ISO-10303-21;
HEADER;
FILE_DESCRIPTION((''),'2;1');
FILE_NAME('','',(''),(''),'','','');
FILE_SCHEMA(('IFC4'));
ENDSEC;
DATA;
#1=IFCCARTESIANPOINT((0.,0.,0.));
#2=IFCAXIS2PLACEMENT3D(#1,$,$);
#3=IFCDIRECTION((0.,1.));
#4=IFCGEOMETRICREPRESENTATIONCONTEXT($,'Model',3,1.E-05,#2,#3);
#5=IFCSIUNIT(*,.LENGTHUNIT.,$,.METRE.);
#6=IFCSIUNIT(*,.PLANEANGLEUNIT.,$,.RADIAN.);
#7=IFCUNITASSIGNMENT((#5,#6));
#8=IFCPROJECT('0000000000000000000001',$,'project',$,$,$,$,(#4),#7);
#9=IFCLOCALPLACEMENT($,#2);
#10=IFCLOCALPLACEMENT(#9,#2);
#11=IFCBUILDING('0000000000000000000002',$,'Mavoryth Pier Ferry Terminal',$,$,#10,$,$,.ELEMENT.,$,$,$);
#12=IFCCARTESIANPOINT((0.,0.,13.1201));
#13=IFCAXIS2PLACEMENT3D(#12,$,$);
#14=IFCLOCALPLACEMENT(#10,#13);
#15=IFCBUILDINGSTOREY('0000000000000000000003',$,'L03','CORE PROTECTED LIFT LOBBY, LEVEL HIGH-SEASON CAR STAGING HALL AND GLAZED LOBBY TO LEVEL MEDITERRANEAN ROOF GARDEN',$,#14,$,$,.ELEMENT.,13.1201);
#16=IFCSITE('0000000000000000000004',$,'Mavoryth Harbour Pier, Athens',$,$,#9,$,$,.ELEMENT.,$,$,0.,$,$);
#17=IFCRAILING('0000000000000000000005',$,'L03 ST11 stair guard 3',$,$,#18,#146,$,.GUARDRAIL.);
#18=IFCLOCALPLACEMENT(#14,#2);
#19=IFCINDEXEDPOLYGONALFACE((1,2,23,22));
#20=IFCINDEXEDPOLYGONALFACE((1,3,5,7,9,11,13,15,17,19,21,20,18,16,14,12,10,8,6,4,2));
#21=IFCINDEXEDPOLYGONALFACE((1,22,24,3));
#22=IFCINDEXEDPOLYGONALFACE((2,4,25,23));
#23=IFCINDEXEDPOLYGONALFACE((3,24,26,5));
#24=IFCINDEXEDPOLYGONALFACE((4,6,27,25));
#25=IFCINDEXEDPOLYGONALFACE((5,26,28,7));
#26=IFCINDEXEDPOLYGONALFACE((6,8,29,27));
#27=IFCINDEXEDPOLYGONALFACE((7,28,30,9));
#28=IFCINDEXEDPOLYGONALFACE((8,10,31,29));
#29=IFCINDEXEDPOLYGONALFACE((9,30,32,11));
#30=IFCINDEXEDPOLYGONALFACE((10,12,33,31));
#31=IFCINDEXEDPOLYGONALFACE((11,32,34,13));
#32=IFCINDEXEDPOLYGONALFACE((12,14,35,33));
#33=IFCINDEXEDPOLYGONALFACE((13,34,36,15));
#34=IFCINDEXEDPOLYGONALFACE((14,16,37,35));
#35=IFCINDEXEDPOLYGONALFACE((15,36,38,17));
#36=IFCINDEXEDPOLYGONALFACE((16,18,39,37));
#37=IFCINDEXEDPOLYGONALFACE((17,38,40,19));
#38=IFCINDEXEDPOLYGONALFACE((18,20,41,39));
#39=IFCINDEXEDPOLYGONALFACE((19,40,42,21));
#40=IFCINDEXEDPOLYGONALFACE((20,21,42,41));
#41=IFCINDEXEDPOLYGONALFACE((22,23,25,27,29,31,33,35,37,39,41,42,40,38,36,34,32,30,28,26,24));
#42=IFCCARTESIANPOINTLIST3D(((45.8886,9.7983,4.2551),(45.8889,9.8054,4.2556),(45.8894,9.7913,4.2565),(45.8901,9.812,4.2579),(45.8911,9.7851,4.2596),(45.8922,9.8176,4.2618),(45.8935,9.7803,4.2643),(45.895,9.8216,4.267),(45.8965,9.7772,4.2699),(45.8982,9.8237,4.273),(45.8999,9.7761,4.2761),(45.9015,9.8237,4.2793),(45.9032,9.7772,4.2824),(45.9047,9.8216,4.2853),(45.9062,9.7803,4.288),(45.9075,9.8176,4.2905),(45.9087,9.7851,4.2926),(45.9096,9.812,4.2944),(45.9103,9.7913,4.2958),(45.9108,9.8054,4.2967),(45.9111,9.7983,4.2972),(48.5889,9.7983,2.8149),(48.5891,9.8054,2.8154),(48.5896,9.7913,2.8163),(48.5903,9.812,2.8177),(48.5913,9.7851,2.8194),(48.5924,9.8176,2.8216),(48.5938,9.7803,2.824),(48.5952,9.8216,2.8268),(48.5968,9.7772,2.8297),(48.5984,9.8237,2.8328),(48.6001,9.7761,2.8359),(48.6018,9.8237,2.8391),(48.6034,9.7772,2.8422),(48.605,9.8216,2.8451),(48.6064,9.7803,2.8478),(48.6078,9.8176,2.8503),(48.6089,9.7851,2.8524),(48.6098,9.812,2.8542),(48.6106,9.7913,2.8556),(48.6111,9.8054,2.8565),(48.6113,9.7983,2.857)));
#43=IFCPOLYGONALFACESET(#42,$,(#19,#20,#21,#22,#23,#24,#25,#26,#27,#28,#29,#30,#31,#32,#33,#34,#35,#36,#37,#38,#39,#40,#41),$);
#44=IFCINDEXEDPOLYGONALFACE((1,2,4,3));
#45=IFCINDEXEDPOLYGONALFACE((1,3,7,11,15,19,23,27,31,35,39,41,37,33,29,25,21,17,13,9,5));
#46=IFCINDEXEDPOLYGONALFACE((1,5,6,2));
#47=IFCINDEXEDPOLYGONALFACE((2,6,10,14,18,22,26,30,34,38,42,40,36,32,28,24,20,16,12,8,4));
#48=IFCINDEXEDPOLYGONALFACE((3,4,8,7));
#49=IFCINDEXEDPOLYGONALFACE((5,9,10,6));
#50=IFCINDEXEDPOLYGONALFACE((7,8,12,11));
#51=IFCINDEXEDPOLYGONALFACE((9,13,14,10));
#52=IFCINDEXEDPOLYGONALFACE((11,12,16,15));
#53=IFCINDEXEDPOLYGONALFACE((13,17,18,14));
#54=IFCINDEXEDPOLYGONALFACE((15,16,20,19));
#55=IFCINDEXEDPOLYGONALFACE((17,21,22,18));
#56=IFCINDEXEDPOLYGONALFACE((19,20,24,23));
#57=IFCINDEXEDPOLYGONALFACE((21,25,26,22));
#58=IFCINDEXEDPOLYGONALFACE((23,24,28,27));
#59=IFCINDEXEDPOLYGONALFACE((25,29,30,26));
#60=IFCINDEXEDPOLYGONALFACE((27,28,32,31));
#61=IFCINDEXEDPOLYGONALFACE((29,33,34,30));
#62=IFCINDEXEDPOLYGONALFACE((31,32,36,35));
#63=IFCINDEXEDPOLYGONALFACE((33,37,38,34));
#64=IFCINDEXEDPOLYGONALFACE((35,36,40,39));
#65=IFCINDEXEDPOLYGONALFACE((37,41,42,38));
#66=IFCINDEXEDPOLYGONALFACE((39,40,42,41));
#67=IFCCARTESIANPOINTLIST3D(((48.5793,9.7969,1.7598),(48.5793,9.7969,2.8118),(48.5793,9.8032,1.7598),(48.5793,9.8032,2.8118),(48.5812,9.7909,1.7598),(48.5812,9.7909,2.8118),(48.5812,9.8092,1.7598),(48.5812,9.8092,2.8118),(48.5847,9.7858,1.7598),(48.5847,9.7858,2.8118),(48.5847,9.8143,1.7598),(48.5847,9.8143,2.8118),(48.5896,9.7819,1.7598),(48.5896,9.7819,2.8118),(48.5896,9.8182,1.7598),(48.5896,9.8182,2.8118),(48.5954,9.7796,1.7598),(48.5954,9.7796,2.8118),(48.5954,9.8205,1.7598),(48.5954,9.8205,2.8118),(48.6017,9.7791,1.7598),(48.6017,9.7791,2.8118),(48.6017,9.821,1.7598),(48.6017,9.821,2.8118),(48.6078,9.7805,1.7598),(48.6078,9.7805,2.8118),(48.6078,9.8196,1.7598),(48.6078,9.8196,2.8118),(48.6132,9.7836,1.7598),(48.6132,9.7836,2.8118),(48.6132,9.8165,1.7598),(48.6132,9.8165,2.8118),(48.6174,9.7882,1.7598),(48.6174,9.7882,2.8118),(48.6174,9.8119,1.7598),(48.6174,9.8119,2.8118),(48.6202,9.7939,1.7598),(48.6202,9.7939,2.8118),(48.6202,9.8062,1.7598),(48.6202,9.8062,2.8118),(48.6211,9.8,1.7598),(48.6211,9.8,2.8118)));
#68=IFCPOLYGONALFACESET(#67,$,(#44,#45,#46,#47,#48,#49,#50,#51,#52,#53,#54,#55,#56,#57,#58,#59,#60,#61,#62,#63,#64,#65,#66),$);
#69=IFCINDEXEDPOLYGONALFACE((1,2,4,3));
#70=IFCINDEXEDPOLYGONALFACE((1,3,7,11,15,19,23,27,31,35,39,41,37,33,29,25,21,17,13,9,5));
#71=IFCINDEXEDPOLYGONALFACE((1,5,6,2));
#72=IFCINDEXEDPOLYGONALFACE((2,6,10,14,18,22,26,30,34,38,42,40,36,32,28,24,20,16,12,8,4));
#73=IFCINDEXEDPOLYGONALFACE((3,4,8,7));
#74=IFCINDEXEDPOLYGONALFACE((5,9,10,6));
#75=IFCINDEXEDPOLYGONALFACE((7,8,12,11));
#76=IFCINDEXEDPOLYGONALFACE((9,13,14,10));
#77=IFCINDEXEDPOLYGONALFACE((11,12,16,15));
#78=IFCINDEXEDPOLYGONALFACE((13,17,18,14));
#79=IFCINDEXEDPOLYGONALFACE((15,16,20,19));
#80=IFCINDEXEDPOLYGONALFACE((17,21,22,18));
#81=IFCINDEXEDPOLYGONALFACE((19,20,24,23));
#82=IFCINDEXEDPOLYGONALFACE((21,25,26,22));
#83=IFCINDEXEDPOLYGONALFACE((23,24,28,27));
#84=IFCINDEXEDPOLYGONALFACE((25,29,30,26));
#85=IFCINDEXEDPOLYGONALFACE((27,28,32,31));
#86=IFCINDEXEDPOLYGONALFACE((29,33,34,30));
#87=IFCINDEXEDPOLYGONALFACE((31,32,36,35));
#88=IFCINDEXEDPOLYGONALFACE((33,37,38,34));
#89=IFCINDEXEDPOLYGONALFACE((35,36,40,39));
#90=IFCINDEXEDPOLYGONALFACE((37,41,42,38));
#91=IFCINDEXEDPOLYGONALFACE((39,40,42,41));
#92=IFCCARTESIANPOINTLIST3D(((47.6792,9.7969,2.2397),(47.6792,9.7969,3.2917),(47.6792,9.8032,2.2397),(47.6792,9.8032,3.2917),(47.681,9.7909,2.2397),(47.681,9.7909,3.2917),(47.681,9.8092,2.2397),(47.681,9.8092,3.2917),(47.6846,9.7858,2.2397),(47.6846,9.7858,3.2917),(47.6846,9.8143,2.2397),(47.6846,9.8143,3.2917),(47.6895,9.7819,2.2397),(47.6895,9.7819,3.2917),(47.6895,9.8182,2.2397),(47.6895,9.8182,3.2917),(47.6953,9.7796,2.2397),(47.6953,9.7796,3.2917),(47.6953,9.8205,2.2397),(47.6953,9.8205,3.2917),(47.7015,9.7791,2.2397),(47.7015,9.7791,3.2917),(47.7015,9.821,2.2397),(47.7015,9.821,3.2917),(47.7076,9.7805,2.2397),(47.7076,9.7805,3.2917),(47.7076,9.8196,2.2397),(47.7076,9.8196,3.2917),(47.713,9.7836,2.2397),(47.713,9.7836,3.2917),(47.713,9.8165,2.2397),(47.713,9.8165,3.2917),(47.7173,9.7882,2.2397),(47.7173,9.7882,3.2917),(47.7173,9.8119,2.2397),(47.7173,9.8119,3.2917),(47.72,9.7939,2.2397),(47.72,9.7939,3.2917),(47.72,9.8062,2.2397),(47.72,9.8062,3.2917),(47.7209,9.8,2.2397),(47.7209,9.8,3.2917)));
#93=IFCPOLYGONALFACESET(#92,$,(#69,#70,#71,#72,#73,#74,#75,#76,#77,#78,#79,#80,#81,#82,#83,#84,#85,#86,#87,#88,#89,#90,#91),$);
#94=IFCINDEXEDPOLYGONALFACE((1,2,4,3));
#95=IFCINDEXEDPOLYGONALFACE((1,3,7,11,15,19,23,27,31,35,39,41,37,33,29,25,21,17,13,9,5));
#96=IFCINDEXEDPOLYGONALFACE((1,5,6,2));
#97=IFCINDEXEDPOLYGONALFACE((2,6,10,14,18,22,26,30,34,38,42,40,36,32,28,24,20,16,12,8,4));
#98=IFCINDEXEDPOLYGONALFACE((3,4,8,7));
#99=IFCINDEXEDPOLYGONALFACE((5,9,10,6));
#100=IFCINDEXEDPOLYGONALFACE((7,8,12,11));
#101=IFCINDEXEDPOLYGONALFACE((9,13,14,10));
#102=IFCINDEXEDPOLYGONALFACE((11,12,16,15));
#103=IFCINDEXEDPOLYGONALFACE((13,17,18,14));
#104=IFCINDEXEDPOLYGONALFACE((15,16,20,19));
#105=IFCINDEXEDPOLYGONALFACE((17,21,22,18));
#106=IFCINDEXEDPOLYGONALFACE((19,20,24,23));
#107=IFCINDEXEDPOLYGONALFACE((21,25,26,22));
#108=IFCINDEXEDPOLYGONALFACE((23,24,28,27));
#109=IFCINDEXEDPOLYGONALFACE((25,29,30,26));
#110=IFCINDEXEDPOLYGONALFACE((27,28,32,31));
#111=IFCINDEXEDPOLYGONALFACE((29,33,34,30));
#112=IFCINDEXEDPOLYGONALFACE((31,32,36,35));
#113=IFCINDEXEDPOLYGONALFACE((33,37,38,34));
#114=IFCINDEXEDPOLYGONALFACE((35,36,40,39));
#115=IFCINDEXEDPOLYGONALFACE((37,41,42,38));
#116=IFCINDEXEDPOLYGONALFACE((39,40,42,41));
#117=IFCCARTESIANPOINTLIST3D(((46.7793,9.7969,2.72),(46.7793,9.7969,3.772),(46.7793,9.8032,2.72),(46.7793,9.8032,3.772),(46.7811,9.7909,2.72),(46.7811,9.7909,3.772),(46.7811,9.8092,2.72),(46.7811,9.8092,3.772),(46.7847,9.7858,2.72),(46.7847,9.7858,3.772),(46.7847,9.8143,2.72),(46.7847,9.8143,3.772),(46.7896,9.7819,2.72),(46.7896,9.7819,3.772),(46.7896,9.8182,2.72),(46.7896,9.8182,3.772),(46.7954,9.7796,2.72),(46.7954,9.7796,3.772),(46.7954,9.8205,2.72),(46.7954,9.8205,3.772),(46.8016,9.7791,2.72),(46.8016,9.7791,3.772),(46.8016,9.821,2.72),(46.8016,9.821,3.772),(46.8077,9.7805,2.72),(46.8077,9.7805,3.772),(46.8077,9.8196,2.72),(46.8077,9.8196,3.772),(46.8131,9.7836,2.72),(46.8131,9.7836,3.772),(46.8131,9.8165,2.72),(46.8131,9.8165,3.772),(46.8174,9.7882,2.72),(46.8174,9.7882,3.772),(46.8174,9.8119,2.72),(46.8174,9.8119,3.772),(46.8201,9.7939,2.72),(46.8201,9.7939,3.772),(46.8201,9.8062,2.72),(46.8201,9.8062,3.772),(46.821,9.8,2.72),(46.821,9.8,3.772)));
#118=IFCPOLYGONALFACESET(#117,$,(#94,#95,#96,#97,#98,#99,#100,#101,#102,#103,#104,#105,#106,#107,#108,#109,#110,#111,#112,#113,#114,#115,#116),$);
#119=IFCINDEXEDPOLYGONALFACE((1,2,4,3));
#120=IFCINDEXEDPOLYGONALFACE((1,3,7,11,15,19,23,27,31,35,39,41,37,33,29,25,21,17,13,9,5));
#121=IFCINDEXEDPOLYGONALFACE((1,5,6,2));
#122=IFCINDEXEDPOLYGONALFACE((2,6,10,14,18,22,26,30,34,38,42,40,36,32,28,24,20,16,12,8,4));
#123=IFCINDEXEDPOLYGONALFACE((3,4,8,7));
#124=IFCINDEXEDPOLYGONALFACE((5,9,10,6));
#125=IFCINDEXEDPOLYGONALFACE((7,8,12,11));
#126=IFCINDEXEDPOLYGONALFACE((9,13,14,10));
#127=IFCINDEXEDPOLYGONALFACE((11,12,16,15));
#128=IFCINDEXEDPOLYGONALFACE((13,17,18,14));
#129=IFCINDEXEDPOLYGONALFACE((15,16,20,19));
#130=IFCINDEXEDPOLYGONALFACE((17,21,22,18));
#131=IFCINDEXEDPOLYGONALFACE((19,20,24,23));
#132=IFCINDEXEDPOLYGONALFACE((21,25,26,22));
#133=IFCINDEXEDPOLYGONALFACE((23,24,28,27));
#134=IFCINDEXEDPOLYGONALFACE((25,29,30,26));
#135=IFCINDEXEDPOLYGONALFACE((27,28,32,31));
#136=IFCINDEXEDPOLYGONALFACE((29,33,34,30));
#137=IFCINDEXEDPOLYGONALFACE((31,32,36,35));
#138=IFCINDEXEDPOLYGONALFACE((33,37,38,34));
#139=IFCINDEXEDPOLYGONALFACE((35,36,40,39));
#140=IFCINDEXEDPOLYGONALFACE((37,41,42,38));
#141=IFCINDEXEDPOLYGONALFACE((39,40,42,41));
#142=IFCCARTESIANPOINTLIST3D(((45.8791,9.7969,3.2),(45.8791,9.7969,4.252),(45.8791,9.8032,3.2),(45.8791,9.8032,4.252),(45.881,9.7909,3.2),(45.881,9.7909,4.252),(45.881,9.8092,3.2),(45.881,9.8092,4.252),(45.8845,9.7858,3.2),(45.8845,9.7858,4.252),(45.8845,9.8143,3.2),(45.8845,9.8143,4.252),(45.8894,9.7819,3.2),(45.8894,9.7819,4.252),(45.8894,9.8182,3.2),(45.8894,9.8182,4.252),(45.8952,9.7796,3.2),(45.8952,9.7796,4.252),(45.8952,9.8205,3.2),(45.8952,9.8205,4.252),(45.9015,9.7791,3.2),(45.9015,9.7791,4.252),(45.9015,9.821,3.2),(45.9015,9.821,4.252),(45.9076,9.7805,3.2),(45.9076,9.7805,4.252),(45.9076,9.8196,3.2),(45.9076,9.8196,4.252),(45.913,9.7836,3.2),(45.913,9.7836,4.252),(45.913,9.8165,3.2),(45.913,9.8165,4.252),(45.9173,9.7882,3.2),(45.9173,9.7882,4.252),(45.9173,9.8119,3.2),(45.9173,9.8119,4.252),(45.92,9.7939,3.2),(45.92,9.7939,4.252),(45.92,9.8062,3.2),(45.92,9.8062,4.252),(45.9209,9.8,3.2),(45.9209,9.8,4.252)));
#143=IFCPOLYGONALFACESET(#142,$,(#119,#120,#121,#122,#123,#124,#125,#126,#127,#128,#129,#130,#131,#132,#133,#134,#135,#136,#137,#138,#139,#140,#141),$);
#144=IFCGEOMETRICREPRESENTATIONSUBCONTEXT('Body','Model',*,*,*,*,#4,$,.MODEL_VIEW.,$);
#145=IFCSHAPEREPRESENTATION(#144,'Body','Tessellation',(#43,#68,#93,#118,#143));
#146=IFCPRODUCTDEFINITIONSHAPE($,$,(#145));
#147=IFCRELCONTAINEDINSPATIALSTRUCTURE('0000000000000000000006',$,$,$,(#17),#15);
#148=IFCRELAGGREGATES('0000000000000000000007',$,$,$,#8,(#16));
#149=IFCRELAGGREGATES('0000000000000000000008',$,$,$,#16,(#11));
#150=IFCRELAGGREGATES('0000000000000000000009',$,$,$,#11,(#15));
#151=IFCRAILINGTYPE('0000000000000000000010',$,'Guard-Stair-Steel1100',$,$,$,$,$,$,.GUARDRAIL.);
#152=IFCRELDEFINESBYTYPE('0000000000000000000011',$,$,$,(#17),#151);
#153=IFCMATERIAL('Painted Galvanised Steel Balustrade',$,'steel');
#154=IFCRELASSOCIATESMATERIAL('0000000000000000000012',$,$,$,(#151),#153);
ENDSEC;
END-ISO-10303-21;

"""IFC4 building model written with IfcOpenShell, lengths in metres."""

from ifc_helpers import new_model, si_unit, direction, frame, origin, origin_2d, place, context, subcontext, project, spatial, circle, extrude, material, type_object, element, save


model = new_model("IFC4")

# Units and contexts
model_context = context("Model", 3, precision=1e-05, world=origin(), true_north=direction((0.0, 1.0)))
body_context = subcontext(model_context, "Body", "Model", "MODEL_VIEW")
ifc_project = project(units=[si_unit("LENGTHUNIT", "METRE"), si_unit("PLANEANGLEUNIT", "RADIAN")], contexts=[model_context])

# Site, building, storey
site_placement = place(None, origin())
site = spatial("IfcSite", under=ifc_project, at=site_placement, Name="Mavoryth Harbour Pier, Athens", CompositionType="ELEMENT", RefElevation=0.0)
building_placement = place(site_placement, origin())
building = spatial("IfcBuilding", under=site, at=building_placement, Name="Mavoryth Pier Ferry Terminal", CompositionType="ELEMENT")
storey_placement = place(building_placement, frame((0.0, 0.0, 13.1201)))
storey = spatial("IfcBuildingStorey", under=building, at=storey_placement, Name="L03", Description="CORE PROTECTED LIFT LOBBY, LEVEL HIGH-SEASON CAR STAGING HALL AND GLAZED LOBBY TO LEVEL MEDITERRANEAN ROOF GARDEN", CompositionType="ELEMENT", Elevation=13.1201)

# Railing
ifc_material_1 = material(Name="Painted Galvanised Steel Balustrade", Category="steel")
railing_type_1 = type_object("IfcRailingType", Name="Guard-Stair-Steel1100", PredefinedType="GUARDRAIL", material=ifc_material_1)
railing_1_placement = place(storey_placement, frame((48.6001, 9.8, 1.7598)))
element("IfcRailing", 1, at=railing_1_placement, inside=storey, type_object=railing_type_1, Name="L03 ST11 stair guard 3", PredefinedType="GUARDRAIL", context=body_context, shape_type="SweptSolid", body=[
    extrude(circle(Radius=0.0239, at=origin_2d()), frame((0.0, 0.0, 1.0762), z_axis=(-0.882342, 0.0, 0.470609), x_axis=(0.0, -1.0, 0.0)), (0.0, 0.0, 1.0), 3.0603),
    extrude(circle(Radius=0.021, at=origin_2d()), origin(), (0.0, 0.0, 1.0), 1.052),
    extrude(circle(Radius=0.021, at=origin_2d()), frame((-0.9001, 0.0, 0.48)), (0.0, 0.0, 1.0), 1.052),
    extrude(circle(Radius=0.021, at=origin_2d()), frame((-1.8, 0.0, 0.9602)), (0.0, 0.0, 1.0), 1.052),
    extrude(circle(Radius=0.021, at=origin_2d()), frame((-2.7002, 0.0, 1.4402)), (0.0, 0.0, 1.0), 1.052),
])

save(model, "model.ifc")
